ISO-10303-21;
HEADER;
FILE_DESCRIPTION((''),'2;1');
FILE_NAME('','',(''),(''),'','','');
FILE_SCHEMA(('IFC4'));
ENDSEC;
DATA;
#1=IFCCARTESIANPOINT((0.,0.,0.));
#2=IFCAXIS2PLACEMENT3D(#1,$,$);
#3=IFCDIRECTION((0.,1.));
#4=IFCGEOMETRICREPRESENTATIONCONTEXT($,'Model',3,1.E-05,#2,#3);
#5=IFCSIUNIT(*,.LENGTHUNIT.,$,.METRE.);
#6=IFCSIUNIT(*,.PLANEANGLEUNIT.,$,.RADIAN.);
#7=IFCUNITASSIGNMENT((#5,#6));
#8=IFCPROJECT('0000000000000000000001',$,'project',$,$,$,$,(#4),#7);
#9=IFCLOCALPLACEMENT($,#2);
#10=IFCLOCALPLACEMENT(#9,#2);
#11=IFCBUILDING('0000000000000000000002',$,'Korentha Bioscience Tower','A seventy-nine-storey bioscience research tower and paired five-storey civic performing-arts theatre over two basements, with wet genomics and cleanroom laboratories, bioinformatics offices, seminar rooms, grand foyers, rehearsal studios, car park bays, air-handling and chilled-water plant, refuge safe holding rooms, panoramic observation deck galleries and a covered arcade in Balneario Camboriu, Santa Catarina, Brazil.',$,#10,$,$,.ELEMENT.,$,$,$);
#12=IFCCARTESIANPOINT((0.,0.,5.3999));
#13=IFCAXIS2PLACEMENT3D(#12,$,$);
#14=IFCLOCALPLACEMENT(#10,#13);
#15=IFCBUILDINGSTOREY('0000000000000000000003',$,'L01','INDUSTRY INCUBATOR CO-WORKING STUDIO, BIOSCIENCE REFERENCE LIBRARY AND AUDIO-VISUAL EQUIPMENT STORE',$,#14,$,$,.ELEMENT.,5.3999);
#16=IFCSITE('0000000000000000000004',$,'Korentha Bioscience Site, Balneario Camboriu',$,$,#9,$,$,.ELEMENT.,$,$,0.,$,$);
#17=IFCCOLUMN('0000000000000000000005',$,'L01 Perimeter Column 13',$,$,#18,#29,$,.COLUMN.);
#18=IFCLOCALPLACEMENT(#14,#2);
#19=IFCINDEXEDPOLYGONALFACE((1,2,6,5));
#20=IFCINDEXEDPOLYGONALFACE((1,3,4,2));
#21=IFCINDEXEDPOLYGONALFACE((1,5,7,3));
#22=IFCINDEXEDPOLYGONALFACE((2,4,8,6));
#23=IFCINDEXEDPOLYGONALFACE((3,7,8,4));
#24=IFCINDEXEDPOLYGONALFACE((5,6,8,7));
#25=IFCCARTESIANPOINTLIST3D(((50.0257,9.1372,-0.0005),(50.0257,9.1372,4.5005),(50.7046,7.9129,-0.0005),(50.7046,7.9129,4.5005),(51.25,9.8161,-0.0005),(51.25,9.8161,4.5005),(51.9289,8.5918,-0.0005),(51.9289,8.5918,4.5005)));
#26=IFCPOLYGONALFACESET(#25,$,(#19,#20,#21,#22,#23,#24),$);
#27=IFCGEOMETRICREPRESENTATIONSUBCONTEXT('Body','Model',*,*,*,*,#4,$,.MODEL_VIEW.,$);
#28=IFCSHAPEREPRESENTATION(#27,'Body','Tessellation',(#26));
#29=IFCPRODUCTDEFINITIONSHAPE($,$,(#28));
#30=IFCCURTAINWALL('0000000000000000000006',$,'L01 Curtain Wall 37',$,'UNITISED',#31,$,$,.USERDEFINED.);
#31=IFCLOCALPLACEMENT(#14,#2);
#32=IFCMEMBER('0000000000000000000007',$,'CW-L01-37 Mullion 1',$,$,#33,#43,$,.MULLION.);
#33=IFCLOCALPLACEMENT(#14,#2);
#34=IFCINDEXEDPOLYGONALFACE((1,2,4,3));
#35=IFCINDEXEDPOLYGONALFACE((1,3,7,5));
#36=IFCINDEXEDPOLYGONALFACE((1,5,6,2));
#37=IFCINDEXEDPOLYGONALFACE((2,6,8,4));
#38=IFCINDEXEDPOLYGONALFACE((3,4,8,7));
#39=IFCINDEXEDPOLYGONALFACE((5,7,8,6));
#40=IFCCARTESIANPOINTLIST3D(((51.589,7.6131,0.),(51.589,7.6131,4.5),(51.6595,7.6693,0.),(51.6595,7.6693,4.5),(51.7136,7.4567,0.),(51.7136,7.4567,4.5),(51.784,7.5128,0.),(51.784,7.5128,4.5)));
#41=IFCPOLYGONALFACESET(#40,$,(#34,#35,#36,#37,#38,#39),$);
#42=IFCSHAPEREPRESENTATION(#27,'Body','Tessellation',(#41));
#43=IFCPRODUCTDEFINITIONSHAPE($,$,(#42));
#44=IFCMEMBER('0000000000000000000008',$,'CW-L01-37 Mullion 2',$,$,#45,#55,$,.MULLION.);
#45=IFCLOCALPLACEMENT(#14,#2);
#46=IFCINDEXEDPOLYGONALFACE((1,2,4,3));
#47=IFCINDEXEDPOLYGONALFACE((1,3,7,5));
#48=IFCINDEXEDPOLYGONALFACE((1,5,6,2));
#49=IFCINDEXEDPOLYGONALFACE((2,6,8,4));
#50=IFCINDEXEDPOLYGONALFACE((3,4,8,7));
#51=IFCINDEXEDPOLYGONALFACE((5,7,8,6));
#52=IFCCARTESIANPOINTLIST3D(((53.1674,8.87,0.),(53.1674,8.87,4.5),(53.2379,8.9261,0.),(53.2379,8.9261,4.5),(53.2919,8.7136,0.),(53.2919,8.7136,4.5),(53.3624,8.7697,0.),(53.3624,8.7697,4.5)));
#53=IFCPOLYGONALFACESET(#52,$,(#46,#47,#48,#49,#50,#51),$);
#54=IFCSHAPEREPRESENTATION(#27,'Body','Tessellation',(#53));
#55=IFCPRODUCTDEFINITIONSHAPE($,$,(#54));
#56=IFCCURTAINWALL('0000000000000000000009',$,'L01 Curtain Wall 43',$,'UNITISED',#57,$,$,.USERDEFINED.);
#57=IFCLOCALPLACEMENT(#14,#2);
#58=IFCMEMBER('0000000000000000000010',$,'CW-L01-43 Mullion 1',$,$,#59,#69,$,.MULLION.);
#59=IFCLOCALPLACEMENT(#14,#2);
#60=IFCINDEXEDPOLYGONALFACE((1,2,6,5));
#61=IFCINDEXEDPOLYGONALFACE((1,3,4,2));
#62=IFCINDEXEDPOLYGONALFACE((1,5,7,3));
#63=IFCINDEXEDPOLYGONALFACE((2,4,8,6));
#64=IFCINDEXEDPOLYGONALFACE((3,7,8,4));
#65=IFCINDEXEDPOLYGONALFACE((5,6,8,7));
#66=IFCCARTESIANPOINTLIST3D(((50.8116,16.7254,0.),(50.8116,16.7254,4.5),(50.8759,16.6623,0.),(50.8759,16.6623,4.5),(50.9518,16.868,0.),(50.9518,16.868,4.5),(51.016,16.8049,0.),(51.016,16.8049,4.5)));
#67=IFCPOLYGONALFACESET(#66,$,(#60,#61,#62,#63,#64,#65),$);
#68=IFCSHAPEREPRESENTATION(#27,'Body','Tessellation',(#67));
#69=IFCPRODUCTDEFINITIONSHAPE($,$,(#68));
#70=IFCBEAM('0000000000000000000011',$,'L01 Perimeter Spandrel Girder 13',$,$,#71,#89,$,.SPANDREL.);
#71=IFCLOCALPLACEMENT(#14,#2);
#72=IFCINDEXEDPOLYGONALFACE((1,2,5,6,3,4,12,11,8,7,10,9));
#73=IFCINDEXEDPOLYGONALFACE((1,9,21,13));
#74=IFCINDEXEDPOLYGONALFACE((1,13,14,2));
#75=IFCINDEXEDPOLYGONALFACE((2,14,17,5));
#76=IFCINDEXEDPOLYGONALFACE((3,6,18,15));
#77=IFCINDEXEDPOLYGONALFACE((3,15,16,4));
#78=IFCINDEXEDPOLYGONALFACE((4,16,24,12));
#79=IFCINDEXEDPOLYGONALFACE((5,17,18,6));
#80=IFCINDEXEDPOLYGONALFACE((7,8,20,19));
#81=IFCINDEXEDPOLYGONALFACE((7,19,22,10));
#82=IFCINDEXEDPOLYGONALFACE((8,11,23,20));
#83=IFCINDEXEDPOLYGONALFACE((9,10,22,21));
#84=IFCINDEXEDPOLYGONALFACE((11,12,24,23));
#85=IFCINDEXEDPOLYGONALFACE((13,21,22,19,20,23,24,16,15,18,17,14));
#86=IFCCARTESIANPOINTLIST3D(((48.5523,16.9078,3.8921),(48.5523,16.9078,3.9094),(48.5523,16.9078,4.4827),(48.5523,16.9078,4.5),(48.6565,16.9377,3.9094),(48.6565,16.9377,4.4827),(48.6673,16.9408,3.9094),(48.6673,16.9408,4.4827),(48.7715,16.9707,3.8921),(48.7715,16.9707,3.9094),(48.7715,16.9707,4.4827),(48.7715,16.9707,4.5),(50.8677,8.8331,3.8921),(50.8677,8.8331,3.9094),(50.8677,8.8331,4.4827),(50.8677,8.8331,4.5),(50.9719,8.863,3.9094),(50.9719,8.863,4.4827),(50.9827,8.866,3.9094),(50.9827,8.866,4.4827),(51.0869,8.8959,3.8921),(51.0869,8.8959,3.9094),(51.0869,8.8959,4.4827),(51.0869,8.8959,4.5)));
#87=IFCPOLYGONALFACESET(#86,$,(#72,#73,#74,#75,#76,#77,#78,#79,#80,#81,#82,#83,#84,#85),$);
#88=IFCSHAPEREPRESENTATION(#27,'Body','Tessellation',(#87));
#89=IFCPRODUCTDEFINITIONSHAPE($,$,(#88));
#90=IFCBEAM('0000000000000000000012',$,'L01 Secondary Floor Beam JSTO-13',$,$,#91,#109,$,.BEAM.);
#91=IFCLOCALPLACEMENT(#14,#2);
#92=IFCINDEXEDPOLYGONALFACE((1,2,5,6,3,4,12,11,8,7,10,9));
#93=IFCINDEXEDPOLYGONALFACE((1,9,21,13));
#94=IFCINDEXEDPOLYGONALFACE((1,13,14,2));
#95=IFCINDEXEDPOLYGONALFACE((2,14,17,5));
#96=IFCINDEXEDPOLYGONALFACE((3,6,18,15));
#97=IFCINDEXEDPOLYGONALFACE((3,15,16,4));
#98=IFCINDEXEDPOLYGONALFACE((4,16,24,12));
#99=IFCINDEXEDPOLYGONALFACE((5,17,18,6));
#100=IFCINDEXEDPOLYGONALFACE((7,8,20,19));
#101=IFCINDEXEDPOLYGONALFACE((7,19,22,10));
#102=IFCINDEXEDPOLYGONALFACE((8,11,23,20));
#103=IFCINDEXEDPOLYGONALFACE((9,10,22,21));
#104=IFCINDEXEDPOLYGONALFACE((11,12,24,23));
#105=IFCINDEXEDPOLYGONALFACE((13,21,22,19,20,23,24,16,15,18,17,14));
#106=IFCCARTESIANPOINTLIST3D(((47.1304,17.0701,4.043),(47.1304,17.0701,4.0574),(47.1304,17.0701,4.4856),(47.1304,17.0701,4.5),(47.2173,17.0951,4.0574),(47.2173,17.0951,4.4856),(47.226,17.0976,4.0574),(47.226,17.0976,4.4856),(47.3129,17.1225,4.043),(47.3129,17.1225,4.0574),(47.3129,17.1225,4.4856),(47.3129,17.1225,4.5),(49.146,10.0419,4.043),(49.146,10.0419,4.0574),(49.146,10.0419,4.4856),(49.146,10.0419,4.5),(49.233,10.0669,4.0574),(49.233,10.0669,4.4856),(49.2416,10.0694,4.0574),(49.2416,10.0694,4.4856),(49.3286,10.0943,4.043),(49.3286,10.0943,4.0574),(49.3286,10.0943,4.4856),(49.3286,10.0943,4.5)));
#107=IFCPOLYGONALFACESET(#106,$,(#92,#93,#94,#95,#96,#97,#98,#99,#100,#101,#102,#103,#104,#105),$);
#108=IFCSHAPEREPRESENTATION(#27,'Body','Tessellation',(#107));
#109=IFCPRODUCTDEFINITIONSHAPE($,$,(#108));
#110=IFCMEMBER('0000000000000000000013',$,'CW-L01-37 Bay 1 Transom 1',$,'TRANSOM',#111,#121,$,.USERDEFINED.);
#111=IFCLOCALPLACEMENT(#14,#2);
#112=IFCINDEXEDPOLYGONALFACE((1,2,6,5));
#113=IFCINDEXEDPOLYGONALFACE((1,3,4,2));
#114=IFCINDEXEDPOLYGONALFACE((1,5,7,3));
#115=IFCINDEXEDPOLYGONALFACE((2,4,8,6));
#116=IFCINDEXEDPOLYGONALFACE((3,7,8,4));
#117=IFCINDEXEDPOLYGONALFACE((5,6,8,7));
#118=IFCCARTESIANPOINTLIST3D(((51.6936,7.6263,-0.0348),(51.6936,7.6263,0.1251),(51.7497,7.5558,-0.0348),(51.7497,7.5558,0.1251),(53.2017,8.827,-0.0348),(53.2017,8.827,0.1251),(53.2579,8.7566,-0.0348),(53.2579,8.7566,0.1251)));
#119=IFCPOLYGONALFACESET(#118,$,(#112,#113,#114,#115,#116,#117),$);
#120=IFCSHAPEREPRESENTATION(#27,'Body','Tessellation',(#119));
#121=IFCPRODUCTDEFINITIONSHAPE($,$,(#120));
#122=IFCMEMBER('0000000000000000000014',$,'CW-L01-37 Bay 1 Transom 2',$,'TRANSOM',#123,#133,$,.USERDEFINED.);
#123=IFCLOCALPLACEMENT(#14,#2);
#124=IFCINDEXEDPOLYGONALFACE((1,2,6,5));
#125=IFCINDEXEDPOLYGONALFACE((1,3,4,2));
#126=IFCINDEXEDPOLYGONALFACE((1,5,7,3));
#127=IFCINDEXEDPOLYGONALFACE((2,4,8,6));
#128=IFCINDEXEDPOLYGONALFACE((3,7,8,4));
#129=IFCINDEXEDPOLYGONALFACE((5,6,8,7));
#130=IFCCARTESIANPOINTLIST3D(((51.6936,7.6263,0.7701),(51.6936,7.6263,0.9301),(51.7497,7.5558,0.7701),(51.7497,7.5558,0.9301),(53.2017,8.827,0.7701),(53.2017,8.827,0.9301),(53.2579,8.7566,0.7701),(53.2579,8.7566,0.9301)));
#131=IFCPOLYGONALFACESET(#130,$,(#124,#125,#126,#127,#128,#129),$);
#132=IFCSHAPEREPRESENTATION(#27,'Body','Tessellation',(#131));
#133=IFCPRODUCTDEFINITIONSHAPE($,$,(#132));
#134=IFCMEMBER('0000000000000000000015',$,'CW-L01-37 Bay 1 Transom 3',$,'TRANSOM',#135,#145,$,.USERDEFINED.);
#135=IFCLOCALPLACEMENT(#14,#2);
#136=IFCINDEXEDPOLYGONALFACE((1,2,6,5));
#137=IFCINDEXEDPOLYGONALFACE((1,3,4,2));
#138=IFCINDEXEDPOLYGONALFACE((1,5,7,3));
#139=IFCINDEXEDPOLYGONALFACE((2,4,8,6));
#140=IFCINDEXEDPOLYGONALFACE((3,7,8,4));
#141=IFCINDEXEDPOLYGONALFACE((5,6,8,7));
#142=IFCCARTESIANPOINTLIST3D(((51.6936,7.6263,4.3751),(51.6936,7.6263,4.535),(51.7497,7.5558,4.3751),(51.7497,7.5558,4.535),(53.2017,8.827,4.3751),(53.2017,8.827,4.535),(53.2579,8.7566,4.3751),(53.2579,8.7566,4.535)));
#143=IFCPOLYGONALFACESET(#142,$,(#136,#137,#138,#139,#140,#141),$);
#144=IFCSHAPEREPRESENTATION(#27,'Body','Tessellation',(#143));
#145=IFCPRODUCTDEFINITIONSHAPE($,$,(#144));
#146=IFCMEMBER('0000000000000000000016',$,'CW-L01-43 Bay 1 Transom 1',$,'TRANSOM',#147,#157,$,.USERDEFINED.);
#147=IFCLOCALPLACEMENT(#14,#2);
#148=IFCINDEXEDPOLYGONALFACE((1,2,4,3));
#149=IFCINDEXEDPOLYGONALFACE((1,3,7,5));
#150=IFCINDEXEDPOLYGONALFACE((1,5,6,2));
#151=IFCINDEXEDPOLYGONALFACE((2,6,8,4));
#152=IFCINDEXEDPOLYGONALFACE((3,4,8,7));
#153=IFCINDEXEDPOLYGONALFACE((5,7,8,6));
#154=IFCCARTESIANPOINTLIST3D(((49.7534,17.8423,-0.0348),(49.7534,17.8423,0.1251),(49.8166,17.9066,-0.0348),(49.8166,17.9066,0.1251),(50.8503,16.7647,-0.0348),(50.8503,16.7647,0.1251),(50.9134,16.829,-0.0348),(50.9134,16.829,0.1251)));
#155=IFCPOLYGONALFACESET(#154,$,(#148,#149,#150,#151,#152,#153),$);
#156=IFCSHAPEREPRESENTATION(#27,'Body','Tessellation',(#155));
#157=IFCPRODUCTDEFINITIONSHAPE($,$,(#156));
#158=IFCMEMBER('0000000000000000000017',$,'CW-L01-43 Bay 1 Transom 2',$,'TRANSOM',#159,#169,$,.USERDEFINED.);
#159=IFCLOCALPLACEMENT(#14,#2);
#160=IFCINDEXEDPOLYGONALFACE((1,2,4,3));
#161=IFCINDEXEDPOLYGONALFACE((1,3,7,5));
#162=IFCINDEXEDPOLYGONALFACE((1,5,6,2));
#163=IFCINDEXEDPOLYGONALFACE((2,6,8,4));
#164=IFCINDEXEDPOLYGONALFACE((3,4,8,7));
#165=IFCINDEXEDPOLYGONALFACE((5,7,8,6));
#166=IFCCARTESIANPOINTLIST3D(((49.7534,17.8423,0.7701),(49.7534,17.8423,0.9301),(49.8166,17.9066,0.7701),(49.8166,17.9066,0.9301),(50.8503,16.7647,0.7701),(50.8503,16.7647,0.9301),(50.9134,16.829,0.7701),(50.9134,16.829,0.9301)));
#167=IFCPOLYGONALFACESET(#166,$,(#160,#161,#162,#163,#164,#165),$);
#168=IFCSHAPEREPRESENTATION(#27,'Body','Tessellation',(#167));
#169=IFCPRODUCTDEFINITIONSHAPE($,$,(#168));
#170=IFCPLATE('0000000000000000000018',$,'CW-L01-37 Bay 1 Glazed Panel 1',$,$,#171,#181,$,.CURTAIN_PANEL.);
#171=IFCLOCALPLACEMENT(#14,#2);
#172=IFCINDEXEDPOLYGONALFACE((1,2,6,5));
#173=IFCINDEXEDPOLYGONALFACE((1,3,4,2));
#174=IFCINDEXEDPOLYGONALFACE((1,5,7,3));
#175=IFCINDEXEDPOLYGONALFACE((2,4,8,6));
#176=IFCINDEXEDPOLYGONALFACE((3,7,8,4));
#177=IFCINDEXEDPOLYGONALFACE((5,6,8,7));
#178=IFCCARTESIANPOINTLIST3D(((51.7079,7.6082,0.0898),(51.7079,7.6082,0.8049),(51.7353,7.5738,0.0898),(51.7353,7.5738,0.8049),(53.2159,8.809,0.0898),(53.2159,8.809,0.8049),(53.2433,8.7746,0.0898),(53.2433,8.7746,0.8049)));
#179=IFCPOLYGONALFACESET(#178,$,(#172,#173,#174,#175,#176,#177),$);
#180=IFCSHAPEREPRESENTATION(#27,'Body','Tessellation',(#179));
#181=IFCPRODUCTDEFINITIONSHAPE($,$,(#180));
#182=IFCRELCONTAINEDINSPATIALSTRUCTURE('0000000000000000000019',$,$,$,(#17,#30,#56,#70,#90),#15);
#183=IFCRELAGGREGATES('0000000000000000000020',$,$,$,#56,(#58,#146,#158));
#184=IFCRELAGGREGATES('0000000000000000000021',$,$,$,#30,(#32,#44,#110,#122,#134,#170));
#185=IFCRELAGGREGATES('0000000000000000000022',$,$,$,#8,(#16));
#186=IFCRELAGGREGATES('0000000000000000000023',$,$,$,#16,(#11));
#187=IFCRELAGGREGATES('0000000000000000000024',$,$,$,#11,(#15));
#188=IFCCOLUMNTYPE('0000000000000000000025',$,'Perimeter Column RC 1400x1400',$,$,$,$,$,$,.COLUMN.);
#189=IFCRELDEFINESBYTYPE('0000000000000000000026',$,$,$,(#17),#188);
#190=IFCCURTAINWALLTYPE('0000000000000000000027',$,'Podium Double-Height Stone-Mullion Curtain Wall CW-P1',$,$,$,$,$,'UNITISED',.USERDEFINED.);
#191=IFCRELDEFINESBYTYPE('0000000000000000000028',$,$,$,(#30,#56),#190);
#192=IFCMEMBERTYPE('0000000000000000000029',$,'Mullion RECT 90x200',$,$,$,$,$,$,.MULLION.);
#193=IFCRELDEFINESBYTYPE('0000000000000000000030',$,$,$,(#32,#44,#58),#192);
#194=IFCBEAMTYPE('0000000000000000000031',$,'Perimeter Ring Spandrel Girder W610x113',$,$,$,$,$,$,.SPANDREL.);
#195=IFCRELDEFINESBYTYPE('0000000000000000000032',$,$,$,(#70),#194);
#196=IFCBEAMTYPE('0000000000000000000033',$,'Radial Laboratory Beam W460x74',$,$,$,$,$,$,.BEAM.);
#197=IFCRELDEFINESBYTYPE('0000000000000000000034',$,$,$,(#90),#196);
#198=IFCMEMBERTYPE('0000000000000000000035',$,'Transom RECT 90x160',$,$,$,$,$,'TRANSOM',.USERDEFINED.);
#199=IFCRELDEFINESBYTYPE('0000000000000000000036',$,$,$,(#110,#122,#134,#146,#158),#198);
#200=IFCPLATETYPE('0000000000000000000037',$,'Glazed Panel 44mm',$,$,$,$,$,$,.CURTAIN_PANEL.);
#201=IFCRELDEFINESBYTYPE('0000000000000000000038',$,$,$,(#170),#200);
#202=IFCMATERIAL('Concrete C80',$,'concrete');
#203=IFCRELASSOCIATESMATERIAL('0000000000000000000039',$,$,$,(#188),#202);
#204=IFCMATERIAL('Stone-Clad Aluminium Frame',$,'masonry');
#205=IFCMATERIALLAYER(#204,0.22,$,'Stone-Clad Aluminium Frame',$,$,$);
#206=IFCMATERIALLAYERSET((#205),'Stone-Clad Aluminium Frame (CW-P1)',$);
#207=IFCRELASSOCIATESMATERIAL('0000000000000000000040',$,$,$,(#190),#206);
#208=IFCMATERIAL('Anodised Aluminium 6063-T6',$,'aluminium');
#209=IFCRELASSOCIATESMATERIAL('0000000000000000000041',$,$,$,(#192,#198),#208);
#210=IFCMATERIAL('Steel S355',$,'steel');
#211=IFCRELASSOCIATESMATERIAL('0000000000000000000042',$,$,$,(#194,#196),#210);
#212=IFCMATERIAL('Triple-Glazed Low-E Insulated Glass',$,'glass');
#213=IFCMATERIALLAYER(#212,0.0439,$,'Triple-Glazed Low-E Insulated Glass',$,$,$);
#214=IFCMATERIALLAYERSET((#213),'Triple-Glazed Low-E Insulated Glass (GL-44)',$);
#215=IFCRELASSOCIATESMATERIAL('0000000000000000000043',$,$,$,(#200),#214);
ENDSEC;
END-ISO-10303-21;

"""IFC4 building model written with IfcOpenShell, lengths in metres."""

from ifc_helpers import new_model, si_unit, direction, frame, origin, origin_2d, place, context, subcontext, project, spatial, rectangle, i_section, extrude, material, layer, layer_set, material_profile, profile_set, type_object, element, aggregate, save


model = new_model("IFC4")

# Units and contexts
model_context = context("Model", 3, precision=1e-05, world=origin(), true_north=direction((0.0, 1.0)))
body_context = subcontext(model_context, "Body", "Model", "MODEL_VIEW")
ifc_project = project(units=[si_unit("LENGTHUNIT", "METRE"), si_unit("PLANEANGLEUNIT", "RADIAN")], contexts=[model_context])

# Site, building, storey
site_placement = place(None, origin())
site = spatial("IfcSite", under=ifc_project, at=site_placement, Name="Korentha Bioscience Site, Balneario Camboriu", CompositionType="ELEMENT", RefElevation=0.0)
building_placement = place(site_placement, origin())
building = spatial("IfcBuilding", under=site, at=building_placement, Name="Korentha Bioscience Tower", Description="A seventy-nine-storey bioscience research tower and paired five-storey civic performing-arts theatre over two basements, with wet genomics and cleanroom laboratories, bioinformatics offices, seminar rooms, grand foyers, rehearsal studios, car park bays, air-handling and chilled-water plant, refuge safe holding rooms, panoramic observation deck galleries and a covered arcade in Balneario Camboriu, Santa Catarina, Brazil.", CompositionType="ELEMENT")
storey_placement = place(building_placement, frame((0.0, 0.0, 5.3999)))
storey = spatial("IfcBuildingStorey", under=building, at=storey_placement, Name="L01", Description="INDUSTRY INCUBATOR CO-WORKING STUDIO, BIOSCIENCE REFERENCE LIBRARY AND AUDIO-VISUAL EQUIPMENT STORE", CompositionType="ELEMENT", Elevation=5.3999)

# Column
ifc_material_1 = material(Name="Concrete C80", Category="concrete")
ifc_material_profile_1 = material_profile(ifc_material_1, rectangle(XDim=1.3999, YDim=1.3999, at=origin_2d()), Name="Concrete C80")
ifc_profile_set_1 = profile_set([ifc_material_profile_1], Name="Concrete C80 (COL-P14)")
column_type = type_object("IfcColumnType", Name="Perimeter Column RC 1400x1400", PredefinedType="COLUMN", material=ifc_profile_set_1)
column_placement = place(storey_placement, frame((50.9773, 8.8645, -0.0005), z_axis=(0.0, 0.0, 1.0), x_axis=(0.874535, 0.484962, 0.0)))
element("IfcColumn", 1, at=column_placement, inside=storey, type_object=column_type, Name="L01 Perimeter Column 13", PredefinedType="COLUMN", context=body_context, shape_type="SweptSolid", body=[
    extrude(rectangle(XDim=1.3999, YDim=1.3999, at=origin_2d()), origin(), (0.0, 0.0, 1.0), 4.501),
])

# Curtain wall, members
ifc_material_2 = material(Name="Stone-Clad Aluminium Frame", Category="masonry")
ifc_layer_1 = layer(ifc_material_2, 0.22, Name="Stone-Clad Aluminium Frame")
ifc_layer_set_1 = layer_set([ifc_layer_1], Name="Stone-Clad Aluminium Frame (CW-P1)")
curtain_wall_type = type_object("IfcCurtainWallType", Name="Podium Double-Height Stone-Mullion Curtain Wall CW-P1", ElementType="UNITISED", PredefinedType="USERDEFINED", material=ifc_layer_set_1)
curtain_wall_1_placement = place(storey_placement, origin())
curtain_wall_1 = element("IfcCurtainWall", 2, at=curtain_wall_1_placement, inside=storey, type_object=curtain_wall_type, Name="L01 Curtain Wall 37", ObjectType="UNITISED", PredefinedType="USERDEFINED")
ifc_material_3 = material(Name="Anodised Aluminium 6063-T6", Category="aluminium")
ifc_material_profile_2 = material_profile(ifc_material_3, rectangle(XDim=0.0901, YDim=0.2, at=origin_2d()), Name="Anodised Aluminium 6063-T6")
ifc_profile_set_2 = profile_set([ifc_material_profile_2], Name="Anodised Aluminium 6063-T6 (CW-MUL)")
member_type_1 = type_object("IfcMemberType", Name="Mullion RECT 90x200", PredefinedType="MULLION", material=ifc_profile_set_2)
member_1_placement = place(storey_placement, frame((51.6865, 7.563, 0.0), z_axis=(0.0, 0.0, 1.0), x_axis=(0.782288, 0.622917, 0.0)))
member_1 = element("IfcMember", 3, at=member_1_placement, type_object=member_type_1, Name="CW-L01-37 Mullion 1", PredefinedType="MULLION", context=body_context, shape_type="SweptSolid", body=[
    extrude(rectangle(XDim=0.0901, YDim=0.2, at=origin_2d()), origin(), (0.0, 0.0, 1.0), 4.5),
])
member_2_placement = place(storey_placement, frame((53.2649, 8.8198, 0.0), z_axis=(0.0, 0.0, 1.0), x_axis=(0.782288, 0.622917, 0.0)))
member_2 = element("IfcMember", 4, at=member_2_placement, type_object=member_type_1, Name="CW-L01-37 Mullion 2", PredefinedType="MULLION", context=body_context, shape_type="SweptSolid", body=[
    extrude(rectangle(XDim=0.0901, YDim=0.2, at=origin_2d()), origin(), (0.0, 0.0, 1.0), 4.5),
])

# Curtain wall, member
curtain_wall_2_placement = place(storey_placement, origin())
curtain_wall_2 = element("IfcCurtainWall", 5, at=curtain_wall_2_placement, inside=storey, type_object=curtain_wall_type, Name="L01 Curtain Wall 43", ObjectType="UNITISED", PredefinedType="USERDEFINED")
member_3_placement = place(storey_placement, frame((50.9138, 16.7651, 0.0), z_axis=(0.0, 0.0, 1.0), x_axis=(-0.713279, 0.70088, 0.0)))
member_3 = element("IfcMember", 6, at=member_3_placement, type_object=member_type_1, Name="CW-L01-43 Mullion 1", PredefinedType="MULLION", context=body_context, shape_type="SweptSolid", body=[
    extrude(rectangle(XDim=0.0901, YDim=0.2, at=origin_2d()), origin(), (0.0, 0.0, 1.0), 4.5),
])

# Beams
ifc_material_4 = material(Name="Steel S355", Category="steel")
ifc_material_profile_3 = material_profile(ifc_material_4, i_section(OverallWidth=0.228, OverallDepth=0.6079, WebThickness=0.0112, FlangeThickness=0.0173, at=origin_2d()), Name="Steel S355")
ifc_profile_set_3 = profile_set([ifc_material_profile_3], Name="Steel S355 (SB-610)")
beam_type_1 = type_object("IfcBeamType", Name="Perimeter Ring Spandrel Girder W610x113", PredefinedType="SPANDREL", material=ifc_profile_set_3)
beam_1_placement = place(storey_placement, frame((50.9773, 8.8645, 4.196), z_axis=(-0.275642, 0.96126, 0.0), x_axis=(-0.96126, -0.275642, 0.0)))
element("IfcBeam", 7, at=beam_1_placement, inside=storey, type_object=beam_type_1, Name="L01 Perimeter Spandrel Girder 13", PredefinedType="SPANDREL", context=body_context, shape_type="SweptSolid", body=[
    extrude(i_section(OverallWidth=0.228, OverallDepth=0.6079, WebThickness=0.0112, FlangeThickness=0.0173, at=origin_2d()), origin(), (0.0, 0.0, 1.0), 8.4001),
])
ifc_material_profile_4 = material_profile(ifc_material_4, i_section(OverallWidth=0.1899, OverallDepth=0.457, WebThickness=0.009, FlangeThickness=0.0144, at=origin_2d()), Name="Steel S355")
ifc_profile_set_4 = profile_set([ifc_material_profile_4], Name="Steel S355 (RB-460)")
beam_type_2 = type_object("IfcBeamType", Name="Radial Laboratory Beam W460x74", PredefinedType="BEAM", material=ifc_profile_set_4)
beam_2_placement = place(storey_placement, frame((49.2373, 10.0681, 4.2715), z_axis=(-0.275682, 0.961249, 0.0), x_axis=(-0.961249, -0.275682, 0.0)))
element("IfcBeam", 8, at=beam_2_placement, inside=storey, type_object=beam_type_2, Name="L01 Secondary Floor Beam JSTO-13", PredefinedType="BEAM", context=body_context, shape_type="SweptSolid", body=[
    extrude(i_section(OverallWidth=0.1899, OverallDepth=0.457, WebThickness=0.009, FlangeThickness=0.0144, at=origin_2d()), origin(), (0.0, 0.0, 1.0), 7.3115),
])

# Members
ifc_material_profile_5 = material_profile(ifc_material_3, rectangle(XDim=0.0901, YDim=0.1599, at=origin_2d()), Name="Anodised Aluminium 6063-T6")
ifc_profile_set_5 = profile_set([ifc_material_profile_5], Name="Anodised Aluminium 6063-T6 (CW-TRN)")
member_type_2 = type_object("IfcMemberType", Name="Transom RECT 90x160", ElementType="TRANSOM", PredefinedType="USERDEFINED", material=ifc_profile_set_5)
member_4_placement = place(storey_placement, frame((51.7217, 7.5911, 0.0452), z_axis=(0.782325, 0.622871, 0.0), x_axis=(-0.622871, 0.782325, 0.0)))
member_4 = element("IfcMember", 9, at=member_4_placement, type_object=member_type_2, Name="CW-L01-37 Bay 1 Transom 1", ObjectType="TRANSOM", PredefinedType="USERDEFINED", context=body_context, shape_type="SweptSolid", body=[
    extrude(rectangle(XDim=0.0901, YDim=0.1599, at=origin_2d()), origin(), (0.0, 0.0, 1.0), 1.9277),
])
member_5_placement = place(storey_placement, frame((51.7217, 7.5911, 0.8501), z_axis=(0.782325, 0.622871, 0.0), x_axis=(-0.622871, 0.782325, 0.0)))
member_5 = element("IfcMember", 10, at=member_5_placement, type_object=member_type_2, Name="CW-L01-37 Bay 1 Transom 2", ObjectType="TRANSOM", PredefinedType="USERDEFINED", context=body_context, shape_type="SweptSolid", body=[
    extrude(rectangle(XDim=0.0901, YDim=0.1599, at=origin_2d()), origin(), (0.0, 0.0, 1.0), 1.9277),
])
member_6_placement = place(storey_placement, frame((51.7217, 7.5911, 4.4551), z_axis=(0.782325, 0.622871, 0.0), x_axis=(-0.622871, 0.782325, 0.0)))
member_6 = element("IfcMember", 11, at=member_6_placement, type_object=member_type_2, Name="CW-L01-37 Bay 1 Transom 3", ObjectType="TRANSOM", PredefinedType="USERDEFINED", context=body_context, shape_type="SweptSolid", body=[
    extrude(rectangle(XDim=0.0901, YDim=0.1599, at=origin_2d()), origin(), (0.0, 0.0, 1.0), 1.9277),
])
member_7_placement = place(storey_placement, frame((50.8818, 16.7969, 0.0452), z_axis=(-0.71335, 0.700808, 0.0), x_axis=(-0.700808, -0.71335, 0.0)))
member_7 = element("IfcMember", 12, at=member_7_placement, type_object=member_type_2, Name="CW-L01-43 Bay 1 Transom 1", ObjectType="TRANSOM", PredefinedType="USERDEFINED", context=body_context, shape_type="SweptSolid", body=[
    extrude(rectangle(XDim=0.0901, YDim=0.1599, at=origin_2d()), origin(), (0.0, 0.0, 1.0), 1.5376),
])
member_8_placement = place(storey_placement, frame((50.8818, 16.7969, 0.8501), z_axis=(-0.71335, 0.700808, 0.0), x_axis=(-0.700808, -0.71335, 0.0)))
member_8 = element("IfcMember", 13, at=member_8_placement, type_object=member_type_2, Name="CW-L01-43 Bay 1 Transom 2", ObjectType="TRANSOM", PredefinedType="USERDEFINED", context=body_context, shape_type="SweptSolid", body=[
    extrude(rectangle(XDim=0.0901, YDim=0.1599, at=origin_2d()), origin(), (0.0, 0.0, 1.0), 1.5376),
])
aggregate(curtain_wall_2, [member_3, member_7, member_8])

# Plate
ifc_material_5 = material(Name="Triple-Glazed Low-E Insulated Glass", Category="glass")
ifc_layer_2 = layer(ifc_material_5, 0.0439, Name="Triple-Glazed Low-E Insulated Glass")
ifc_layer_set_2 = layer_set([ifc_layer_2], Name="Triple-Glazed Low-E Insulated Glass (GL-44)")
plate_type = type_object("IfcPlateType", Name="Glazed Panel 44mm", PredefinedType="CURTAIN_PANEL", material=ifc_layer_set_2)
plate_1_placement = place(storey_placement, frame((52.4756, 8.1914, 0.0898), z_axis=(0.0, 0.0, 1.0), x_axis=(0.782288, 0.622917, 0.0)))
plate_1 = element("IfcPlate", 14, at=plate_1_placement, type_object=plate_type, Name="CW-L01-37 Bay 1 Glazed Panel 1", PredefinedType="CURTAIN_PANEL", context=body_context, shape_type="SweptSolid", body=[
    extrude(rectangle(XDim=1.9277, YDim=0.0439, at=origin_2d()), origin(), (0.0, 0.0, 1.0), 0.7151),
])
aggregate(curtain_wall_1, [member_1, member_2, member_4, member_5, member_6, plate_1])

save(model, "model.ifc")
